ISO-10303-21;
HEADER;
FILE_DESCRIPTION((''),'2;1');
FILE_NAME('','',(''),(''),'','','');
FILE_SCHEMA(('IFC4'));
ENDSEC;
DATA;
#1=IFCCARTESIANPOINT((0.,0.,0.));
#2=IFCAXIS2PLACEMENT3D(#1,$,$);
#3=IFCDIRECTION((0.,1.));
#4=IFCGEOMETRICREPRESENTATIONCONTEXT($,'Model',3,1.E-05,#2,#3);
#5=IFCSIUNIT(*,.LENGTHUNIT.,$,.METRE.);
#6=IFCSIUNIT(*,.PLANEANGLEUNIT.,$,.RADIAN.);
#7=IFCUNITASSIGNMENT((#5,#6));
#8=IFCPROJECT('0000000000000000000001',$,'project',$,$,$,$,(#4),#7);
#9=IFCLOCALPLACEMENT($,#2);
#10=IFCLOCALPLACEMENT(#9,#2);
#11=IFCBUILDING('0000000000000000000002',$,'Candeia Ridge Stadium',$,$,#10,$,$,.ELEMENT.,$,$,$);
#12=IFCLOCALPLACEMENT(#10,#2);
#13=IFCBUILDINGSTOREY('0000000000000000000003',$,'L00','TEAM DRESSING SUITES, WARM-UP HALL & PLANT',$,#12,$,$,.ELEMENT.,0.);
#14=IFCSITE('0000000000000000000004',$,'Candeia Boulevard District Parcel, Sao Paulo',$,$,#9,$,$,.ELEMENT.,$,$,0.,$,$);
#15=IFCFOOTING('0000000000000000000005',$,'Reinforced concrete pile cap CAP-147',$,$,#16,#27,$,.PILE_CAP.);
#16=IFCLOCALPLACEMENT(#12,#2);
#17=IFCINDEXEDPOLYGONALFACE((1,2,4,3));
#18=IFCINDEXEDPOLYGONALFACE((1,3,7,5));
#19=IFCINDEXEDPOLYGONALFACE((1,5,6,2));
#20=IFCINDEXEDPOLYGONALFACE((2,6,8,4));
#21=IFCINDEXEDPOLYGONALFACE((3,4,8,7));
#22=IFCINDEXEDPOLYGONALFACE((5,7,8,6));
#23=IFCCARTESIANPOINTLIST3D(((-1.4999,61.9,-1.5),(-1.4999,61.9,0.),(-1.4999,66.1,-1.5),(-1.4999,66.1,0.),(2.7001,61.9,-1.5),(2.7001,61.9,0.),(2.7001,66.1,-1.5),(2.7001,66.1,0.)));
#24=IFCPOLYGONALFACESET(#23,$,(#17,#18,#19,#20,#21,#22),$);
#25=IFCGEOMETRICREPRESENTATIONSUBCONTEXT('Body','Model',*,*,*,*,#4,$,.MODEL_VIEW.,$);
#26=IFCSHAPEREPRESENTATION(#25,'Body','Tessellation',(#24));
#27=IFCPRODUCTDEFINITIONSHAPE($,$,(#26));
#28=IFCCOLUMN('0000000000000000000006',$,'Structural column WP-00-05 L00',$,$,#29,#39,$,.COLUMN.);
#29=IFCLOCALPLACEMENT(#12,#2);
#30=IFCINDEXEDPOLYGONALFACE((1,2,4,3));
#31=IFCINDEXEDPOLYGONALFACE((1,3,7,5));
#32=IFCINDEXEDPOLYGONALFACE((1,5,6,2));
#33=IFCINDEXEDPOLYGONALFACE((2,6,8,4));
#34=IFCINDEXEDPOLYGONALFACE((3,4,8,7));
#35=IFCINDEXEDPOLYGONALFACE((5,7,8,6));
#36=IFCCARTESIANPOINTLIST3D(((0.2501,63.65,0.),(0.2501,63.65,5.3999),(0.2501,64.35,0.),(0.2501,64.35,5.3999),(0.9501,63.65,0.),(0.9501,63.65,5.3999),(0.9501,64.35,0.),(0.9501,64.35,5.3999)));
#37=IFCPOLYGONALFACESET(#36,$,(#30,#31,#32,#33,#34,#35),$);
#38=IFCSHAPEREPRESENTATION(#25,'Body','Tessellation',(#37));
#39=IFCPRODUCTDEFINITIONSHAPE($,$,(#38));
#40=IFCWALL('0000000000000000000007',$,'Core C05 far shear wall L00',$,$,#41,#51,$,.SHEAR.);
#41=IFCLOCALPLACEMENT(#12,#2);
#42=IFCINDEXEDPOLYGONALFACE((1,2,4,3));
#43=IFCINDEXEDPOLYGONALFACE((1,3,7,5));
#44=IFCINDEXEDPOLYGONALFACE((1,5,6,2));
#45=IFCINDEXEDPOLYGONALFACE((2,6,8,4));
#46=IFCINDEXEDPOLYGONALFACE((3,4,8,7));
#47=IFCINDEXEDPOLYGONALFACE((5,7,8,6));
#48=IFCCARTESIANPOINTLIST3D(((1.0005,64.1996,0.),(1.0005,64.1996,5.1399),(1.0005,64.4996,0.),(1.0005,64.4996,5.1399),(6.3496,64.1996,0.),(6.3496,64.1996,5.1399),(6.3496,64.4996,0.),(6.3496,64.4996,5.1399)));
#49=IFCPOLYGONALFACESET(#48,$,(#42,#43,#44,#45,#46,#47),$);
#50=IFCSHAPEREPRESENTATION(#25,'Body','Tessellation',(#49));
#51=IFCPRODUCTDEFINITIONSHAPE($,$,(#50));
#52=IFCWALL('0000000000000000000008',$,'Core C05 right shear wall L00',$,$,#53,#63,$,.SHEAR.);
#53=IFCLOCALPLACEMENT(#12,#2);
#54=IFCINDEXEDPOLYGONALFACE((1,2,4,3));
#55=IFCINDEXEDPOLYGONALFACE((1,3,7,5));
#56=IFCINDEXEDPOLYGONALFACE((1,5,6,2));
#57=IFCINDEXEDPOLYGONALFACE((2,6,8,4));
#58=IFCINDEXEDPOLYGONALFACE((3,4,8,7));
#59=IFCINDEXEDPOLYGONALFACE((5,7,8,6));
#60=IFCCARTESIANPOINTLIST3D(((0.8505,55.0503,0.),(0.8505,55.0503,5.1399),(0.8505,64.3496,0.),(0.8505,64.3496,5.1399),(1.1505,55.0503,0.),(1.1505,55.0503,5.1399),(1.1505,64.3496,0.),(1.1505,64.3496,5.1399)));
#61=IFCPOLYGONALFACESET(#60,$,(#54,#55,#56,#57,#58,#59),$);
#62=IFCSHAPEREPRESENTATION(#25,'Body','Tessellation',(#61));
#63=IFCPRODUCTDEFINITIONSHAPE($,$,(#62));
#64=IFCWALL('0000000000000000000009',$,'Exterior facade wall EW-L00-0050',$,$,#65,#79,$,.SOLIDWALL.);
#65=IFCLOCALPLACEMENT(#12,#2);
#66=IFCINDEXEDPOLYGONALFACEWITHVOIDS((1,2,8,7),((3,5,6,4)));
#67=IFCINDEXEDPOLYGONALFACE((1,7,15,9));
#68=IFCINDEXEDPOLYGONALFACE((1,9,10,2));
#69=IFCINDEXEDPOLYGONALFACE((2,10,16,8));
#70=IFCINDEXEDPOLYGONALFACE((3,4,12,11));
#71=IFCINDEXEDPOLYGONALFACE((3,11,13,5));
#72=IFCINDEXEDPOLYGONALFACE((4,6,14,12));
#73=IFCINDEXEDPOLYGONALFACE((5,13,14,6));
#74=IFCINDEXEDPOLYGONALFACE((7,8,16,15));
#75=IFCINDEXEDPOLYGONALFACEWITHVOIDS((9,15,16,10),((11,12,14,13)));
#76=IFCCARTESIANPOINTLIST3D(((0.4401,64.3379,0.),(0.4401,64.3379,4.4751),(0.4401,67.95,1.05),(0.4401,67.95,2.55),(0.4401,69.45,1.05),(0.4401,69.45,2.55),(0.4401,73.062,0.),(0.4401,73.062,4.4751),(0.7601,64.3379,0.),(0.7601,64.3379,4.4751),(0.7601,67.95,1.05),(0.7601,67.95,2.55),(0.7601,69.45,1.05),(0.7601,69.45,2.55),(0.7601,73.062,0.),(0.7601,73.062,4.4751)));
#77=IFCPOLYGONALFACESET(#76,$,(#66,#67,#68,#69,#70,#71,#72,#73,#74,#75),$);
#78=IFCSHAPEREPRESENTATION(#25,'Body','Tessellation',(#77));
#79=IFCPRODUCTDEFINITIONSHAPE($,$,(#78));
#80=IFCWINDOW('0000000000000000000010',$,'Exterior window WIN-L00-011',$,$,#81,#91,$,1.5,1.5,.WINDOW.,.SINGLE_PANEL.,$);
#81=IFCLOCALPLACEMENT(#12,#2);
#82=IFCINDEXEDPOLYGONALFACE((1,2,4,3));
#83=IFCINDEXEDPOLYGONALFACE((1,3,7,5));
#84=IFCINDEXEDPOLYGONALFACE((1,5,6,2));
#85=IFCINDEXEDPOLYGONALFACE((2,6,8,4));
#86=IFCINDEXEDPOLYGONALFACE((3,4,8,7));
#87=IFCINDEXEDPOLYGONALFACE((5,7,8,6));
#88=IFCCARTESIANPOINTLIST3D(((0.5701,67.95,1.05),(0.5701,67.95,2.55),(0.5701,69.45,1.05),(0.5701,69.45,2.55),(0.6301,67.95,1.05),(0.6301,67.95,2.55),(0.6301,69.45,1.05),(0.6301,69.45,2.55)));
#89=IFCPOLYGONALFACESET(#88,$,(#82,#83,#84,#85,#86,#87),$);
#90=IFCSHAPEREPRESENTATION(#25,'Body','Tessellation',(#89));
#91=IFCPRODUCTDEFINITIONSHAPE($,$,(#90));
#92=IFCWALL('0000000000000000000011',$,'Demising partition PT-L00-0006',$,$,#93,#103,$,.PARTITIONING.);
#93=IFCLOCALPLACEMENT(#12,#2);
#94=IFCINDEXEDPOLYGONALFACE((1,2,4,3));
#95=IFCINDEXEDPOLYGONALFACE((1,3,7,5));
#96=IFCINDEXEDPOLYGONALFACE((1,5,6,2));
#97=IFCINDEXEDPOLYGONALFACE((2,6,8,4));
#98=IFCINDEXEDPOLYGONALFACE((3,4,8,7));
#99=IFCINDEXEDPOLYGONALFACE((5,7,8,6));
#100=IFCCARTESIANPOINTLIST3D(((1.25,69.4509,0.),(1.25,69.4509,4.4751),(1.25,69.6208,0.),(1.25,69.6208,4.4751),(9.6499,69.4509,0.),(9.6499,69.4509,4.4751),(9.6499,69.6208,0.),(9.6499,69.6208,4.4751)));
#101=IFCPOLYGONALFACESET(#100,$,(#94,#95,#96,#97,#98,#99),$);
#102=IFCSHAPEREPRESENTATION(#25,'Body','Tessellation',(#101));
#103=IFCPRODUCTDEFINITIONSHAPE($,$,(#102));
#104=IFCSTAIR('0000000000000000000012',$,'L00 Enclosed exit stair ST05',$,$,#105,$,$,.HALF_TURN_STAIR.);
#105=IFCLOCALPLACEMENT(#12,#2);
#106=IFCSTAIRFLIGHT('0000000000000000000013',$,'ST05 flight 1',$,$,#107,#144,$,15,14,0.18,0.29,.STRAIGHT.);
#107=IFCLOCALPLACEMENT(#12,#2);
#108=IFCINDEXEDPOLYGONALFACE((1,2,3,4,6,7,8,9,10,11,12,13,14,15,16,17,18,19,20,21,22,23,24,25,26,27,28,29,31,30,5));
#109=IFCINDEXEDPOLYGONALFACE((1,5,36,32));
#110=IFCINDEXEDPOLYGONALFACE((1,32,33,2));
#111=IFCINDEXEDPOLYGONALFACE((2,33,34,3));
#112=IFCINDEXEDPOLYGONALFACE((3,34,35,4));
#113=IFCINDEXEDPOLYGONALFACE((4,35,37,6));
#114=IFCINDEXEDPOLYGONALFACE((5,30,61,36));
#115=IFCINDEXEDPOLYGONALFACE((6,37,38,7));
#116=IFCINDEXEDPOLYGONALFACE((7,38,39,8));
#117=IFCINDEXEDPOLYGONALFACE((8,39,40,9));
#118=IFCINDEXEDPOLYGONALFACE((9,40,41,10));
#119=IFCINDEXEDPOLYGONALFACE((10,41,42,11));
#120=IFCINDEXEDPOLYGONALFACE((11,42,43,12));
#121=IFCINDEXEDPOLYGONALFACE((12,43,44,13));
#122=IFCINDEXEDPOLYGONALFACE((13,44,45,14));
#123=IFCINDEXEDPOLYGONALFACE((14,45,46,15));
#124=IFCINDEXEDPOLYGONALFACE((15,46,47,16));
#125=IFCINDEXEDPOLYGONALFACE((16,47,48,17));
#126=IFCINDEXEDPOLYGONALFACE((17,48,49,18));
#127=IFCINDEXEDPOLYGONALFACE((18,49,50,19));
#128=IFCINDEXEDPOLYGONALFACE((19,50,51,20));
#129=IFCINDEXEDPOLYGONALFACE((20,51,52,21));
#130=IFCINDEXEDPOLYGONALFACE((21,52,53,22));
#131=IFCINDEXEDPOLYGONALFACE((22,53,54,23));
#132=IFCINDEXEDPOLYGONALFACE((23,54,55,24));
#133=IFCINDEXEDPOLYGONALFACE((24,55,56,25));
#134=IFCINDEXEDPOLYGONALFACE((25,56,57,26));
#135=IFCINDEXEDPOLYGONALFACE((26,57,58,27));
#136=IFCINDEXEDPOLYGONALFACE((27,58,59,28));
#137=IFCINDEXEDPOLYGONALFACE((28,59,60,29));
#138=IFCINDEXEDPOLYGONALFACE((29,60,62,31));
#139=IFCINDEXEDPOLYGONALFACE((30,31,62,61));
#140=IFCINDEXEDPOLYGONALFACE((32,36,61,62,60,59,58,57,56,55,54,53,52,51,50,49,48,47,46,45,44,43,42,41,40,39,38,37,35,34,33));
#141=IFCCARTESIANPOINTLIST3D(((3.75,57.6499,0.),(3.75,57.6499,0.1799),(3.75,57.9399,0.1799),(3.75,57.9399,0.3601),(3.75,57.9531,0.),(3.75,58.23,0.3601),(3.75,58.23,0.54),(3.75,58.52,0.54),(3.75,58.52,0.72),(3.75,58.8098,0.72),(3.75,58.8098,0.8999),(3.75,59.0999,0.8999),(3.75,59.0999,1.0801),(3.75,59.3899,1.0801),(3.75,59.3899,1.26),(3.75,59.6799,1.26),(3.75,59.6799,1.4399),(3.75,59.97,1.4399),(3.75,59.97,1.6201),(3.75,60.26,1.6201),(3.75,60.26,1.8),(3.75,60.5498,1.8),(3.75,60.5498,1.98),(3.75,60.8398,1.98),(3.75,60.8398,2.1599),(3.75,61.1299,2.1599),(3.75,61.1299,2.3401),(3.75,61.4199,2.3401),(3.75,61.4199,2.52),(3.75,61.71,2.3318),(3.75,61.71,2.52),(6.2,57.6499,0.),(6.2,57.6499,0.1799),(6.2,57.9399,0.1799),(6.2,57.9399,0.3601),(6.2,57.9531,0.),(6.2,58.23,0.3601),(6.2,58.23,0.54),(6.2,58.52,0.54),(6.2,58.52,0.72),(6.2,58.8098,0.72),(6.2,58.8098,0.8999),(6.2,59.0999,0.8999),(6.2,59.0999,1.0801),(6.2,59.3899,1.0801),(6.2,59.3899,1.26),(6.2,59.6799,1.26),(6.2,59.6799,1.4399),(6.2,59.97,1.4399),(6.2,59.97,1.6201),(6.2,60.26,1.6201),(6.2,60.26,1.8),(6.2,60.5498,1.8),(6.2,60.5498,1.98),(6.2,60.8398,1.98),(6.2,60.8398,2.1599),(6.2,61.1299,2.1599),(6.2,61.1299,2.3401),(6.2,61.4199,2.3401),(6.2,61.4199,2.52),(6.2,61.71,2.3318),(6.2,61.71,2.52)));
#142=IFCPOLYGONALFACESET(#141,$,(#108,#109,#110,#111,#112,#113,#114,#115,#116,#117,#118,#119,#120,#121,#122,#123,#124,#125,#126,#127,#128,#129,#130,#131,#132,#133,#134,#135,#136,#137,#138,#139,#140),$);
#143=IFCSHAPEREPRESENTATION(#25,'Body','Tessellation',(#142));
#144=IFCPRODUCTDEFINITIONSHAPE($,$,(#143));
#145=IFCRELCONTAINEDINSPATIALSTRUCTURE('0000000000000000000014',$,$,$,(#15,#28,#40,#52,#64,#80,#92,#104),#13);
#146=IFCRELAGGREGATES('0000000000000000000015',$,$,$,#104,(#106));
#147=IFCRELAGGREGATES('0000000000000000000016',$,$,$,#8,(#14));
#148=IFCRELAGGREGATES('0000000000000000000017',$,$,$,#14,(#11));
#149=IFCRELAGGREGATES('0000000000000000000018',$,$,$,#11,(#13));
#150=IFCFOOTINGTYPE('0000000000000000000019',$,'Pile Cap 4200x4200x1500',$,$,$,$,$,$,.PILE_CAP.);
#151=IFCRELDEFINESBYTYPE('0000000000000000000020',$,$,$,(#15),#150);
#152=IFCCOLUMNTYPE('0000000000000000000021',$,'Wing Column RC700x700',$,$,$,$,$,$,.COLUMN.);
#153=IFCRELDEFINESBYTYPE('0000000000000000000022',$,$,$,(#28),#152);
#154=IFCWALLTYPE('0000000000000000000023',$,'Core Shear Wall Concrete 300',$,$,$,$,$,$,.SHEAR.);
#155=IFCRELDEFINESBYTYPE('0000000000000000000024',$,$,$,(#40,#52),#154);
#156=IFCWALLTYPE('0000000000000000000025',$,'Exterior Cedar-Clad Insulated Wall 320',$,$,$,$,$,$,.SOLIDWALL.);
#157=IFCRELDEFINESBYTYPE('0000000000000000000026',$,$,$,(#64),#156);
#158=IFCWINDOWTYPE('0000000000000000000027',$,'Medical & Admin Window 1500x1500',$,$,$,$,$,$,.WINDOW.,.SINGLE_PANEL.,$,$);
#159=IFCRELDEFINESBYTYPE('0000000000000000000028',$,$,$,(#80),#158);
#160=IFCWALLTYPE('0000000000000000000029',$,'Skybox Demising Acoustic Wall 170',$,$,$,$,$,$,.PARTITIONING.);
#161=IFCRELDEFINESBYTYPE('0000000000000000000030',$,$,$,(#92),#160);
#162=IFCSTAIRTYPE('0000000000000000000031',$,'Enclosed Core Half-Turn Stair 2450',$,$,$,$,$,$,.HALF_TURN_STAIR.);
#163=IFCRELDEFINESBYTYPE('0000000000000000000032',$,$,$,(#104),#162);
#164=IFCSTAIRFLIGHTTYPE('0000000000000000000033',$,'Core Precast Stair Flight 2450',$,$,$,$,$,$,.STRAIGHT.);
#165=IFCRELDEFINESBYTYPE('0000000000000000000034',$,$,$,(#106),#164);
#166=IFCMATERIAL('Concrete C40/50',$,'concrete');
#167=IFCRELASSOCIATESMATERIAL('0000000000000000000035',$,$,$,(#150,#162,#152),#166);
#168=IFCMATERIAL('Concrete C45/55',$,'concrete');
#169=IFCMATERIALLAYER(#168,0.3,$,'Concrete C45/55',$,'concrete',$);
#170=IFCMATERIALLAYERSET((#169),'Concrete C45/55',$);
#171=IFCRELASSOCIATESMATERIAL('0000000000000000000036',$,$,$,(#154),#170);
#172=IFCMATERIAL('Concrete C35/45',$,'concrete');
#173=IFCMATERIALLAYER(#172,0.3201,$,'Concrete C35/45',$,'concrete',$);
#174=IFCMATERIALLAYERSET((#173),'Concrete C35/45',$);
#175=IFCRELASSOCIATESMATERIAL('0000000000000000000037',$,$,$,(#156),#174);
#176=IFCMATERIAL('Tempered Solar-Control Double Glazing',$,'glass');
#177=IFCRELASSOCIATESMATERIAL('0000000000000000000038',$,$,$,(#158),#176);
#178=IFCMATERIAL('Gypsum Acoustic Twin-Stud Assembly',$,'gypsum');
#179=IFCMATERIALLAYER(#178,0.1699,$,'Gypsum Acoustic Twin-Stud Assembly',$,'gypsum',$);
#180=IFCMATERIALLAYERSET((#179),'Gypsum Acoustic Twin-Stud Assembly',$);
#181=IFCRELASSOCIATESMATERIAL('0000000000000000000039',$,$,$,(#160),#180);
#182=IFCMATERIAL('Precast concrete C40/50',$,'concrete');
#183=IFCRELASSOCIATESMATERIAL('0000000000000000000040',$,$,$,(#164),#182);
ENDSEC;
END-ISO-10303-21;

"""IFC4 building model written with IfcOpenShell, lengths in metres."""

from ifc_helpers import new_model, si_unit, direction, frame, frame_2d, origin, origin_2d, place, context, subcontext, project, spatial, polyline, rectangle, outline, extrude, material, layer, layer_set, material_profile, profile_set, type_object, element, fill, aggregate, save


model = new_model("IFC4")

# Units and contexts
model_context = context("Model", 3, precision=1e-05, world=origin(), true_north=direction((0.0, 1.0)))
body_context = subcontext(model_context, "Body", "Model", "MODEL_VIEW")
ifc_project = project(units=[si_unit("LENGTHUNIT", "METRE"), si_unit("PLANEANGLEUNIT", "RADIAN")], contexts=[model_context])

# Site, building, storey
site_placement = place(None, origin())
site = spatial("IfcSite", under=ifc_project, at=site_placement, Name="Candeia Boulevard District Parcel, Sao Paulo", CompositionType="ELEMENT", RefElevation=0.0)
building_placement = place(site_placement, origin())
building = spatial("IfcBuilding", under=site, at=building_placement, Name="Candeia Ridge Stadium", CompositionType="ELEMENT")
storey_placement = place(building_placement, origin())
storey = spatial("IfcBuildingStorey", under=building, at=storey_placement, Name="L00", Description="TEAM DRESSING SUITES, WARM-UP HALL & PLANT", CompositionType="ELEMENT", Elevation=0.0)

# Shared definitions
ifc_material_1 = material(Name="Concrete C40/50", Category="concrete")

# Footing
footing_type_1 = type_object("IfcFootingType", Name="Pile Cap 4200x4200x1500", PredefinedType="PILE_CAP", material=ifc_material_1)
footing_1_placement = place(storey_placement, frame((0.6001, 64.0, -1.5), z_axis=(0.0, 0.0, 1.0), x_axis=(1.0, 0.0, 0.0)))
element("IfcFooting", 1, at=footing_1_placement, inside=storey, type_object=footing_type_1, Name="Reinforced concrete pile cap CAP-147", PredefinedType="PILE_CAP", context=body_context, shape_type="SweptSolid", body=[
    extrude(rectangle(XDim=4.2, YDim=4.2, at=origin_2d()), origin(), (0.0, 0.0, 1.0), 1.5),
])

# Column
ifc_material_profile_1 = material_profile(ifc_material_1, rectangle(XDim=0.7, YDim=0.7, at=origin_2d()), Name="RC700x700", Category="concrete")
ifc_profile_set_1 = profile_set([ifc_material_profile_1], Name="Concrete C40/50")
column_type = type_object("IfcColumnType", Name="Wing Column RC700x700", PredefinedType="COLUMN", material=ifc_profile_set_1)
column_placement = place(storey_placement, frame((0.6001, 64.0, 0.0), z_axis=(0.0, 0.0, 1.0), x_axis=(1.0, 0.0, 0.0)))
element("IfcColumn", 2, at=column_placement, inside=storey, type_object=column_type, Name="Structural column WP-00-05 L00", PredefinedType="COLUMN", context=body_context, shape_type="SweptSolid", body=[
    extrude(rectangle(XDim=0.7, YDim=0.7, at=origin_2d()), origin(), (0.0, 0.0, 1.0), 5.3999),
])

# Walls
ifc_material_2 = material(Name="Concrete C45/55", Category="concrete")
ifc_layer_1 = layer(ifc_material_2, 0.3, Name="Concrete C45/55", Category="concrete")
ifc_layer_set_1 = layer_set([ifc_layer_1], Name="Concrete C45/55")
wall_type_1 = type_object("IfcWallType", Name="Core Shear Wall Concrete 300", PredefinedType="SHEAR", material=ifc_layer_set_1)
wall_1_placement = place(storey_placement, frame((6.3496, 64.3496, 0.0), z_axis=(0.0, 0.0, 1.0), x_axis=(-1.0, 0.0, 0.0)))
element("IfcWall", 3, at=wall_1_placement, inside=storey, type_object=wall_type_1, Name="Core C05 far shear wall L00", PredefinedType="SHEAR", context=body_context, shape_type="SweptSolid", body=[
    extrude(rectangle(XDim=5.3491, YDim=0.3, at=frame_2d((2.6746, 0.0))), origin(), (0.0, 0.0, 1.0), 5.1399),
])
wall_2_placement = place(storey_placement, frame((1.0005, 64.3496, 0.0), z_axis=(0.0, 0.0, 1.0), x_axis=(0.0, -1.0, 0.0)))
element("IfcWall", 4, at=wall_2_placement, inside=storey, type_object=wall_type_1, Name="Core C05 right shear wall L00", PredefinedType="SHEAR", context=body_context, shape_type="SweptSolid", body=[
    extrude(rectangle(XDim=9.2993, YDim=0.3, at=frame_2d((4.6497, 0.0))), origin(), (0.0, 0.0, 1.0), 5.1399),
])

# Wall, opening, window
ifc_material_3 = material(Name="Concrete C35/45", Category="concrete")
ifc_layer_2 = layer(ifc_material_3, 0.3201, Name="Concrete C35/45", Category="concrete")
ifc_layer_set_2 = layer_set([ifc_layer_2], Name="Concrete C35/45")
wall_type_2 = type_object("IfcWallType", Name="Exterior Cedar-Clad Insulated Wall 320", PredefinedType="SOLIDWALL", material=ifc_layer_set_2)
wall_3_placement = place(storey_placement, frame((0.6001, 64.3379, 0.0), z_axis=(0.0, 0.0, 1.0), x_axis=(0.0, 1.0, 0.0)))
wall_3 = element("IfcWall", 5, at=wall_3_placement, inside=storey, type_object=wall_type_2, Name="Exterior facade wall EW-L00-0050", PredefinedType="SOLIDWALL", context=body_context, shape_type="SweptSolid", body=[
    extrude(rectangle(XDim=8.7241, YDim=0.3201, at=frame_2d((4.3621, 0.0))), origin(), (0.0, 0.0, 1.0), 4.4751),
])
opening_placement = place(wall_3_placement, frame((3.6121, 0.0, 1.05)))
opening = element("IfcOpeningElement", 6, at=opening_placement, cuts=wall_3, PredefinedType="OPENING", context=body_context, shape_type="SweptSolid", body=[
    extrude(rectangle(XDim=1.5, YDim=1.5, at=frame_2d((0.75, 0.75))), frame((0.0, 0.1699, 0.0), z_axis=(0.0, -1.0, 0.0), x_axis=(1.0, 0.0, 0.0)), (0.0, 0.0, 1.0), 0.3401),
])
ifc_material_4 = material(Name="Tempered Solar-Control Double Glazing", Category="glass")
window_type = type_object("IfcWindowType", Name="Medical & Admin Window 1500x1500", PartitioningType="SINGLE_PANEL", PredefinedType="WINDOW", material=ifc_material_4)
window_placement = place(opening_placement, origin())
window = element("IfcWindow", 7, at=window_placement, inside=storey, type_object=window_type, Name="Exterior window WIN-L00-011", OverallHeight=1.5, OverallWidth=1.5, PartitioningType="SINGLE_PANEL", PredefinedType="WINDOW", context=body_context, shape_type="SweptSolid", body=[
    extrude(rectangle(XDim=1.5, YDim=1.5, at=frame_2d((0.75, 0.75))), frame((0.0, 0.03, 0.0), z_axis=(0.0, -1.0, 0.0), x_axis=(1.0, 0.0, 0.0)), (0.0, 0.0, 1.0), 0.0601),
])
fill(opening, window)

# Wall
ifc_material_5 = material(Name="Gypsum Acoustic Twin-Stud Assembly", Category="gypsum")
ifc_layer_3 = layer(ifc_material_5, 0.1699, Name="Gypsum Acoustic Twin-Stud Assembly", Category="gypsum")
ifc_layer_set_3 = layer_set([ifc_layer_3], Name="Gypsum Acoustic Twin-Stud Assembly")
wall_type_3 = type_object("IfcWallType", Name="Skybox Demising Acoustic Wall 170", PredefinedType="PARTITIONING", material=ifc_layer_set_3)
wall_4_placement = place(storey_placement, frame((1.25, 69.5359, 0.0), z_axis=(0.0, 0.0, 1.0), x_axis=(1.0, 0.0, 0.0)))
element("IfcWall", 8, at=wall_4_placement, inside=storey, type_object=wall_type_3, Name="Demising partition PT-L00-0006", PredefinedType="PARTITIONING", context=body_context, shape_type="SweptSolid", body=[
    extrude(rectangle(XDim=8.3999, YDim=0.1699, at=frame_2d((4.2, 0.0))), origin(), (0.0, 0.0, 1.0), 4.4751),
])

# Stair, stair flight
stair_type = type_object("IfcStairType", Name="Enclosed Core Half-Turn Stair 2450", PredefinedType="HALF_TURN_STAIR", material=ifc_material_1)
stair_placement = place(storey_placement, origin())
stair = element("IfcStair", 9, at=stair_placement, inside=storey, type_object=stair_type, Name="L00 Enclosed exit stair ST05", PredefinedType="HALF_TURN_STAIR")
ifc_material_6 = material(Name="Precast concrete C40/50", Category="concrete")
stair_flight_type = type_object("IfcStairFlightType", Name="Core Precast Stair Flight 2450", PredefinedType="STRAIGHT", material=ifc_material_6)
stair_flight_1_placement = place(storey_placement, frame((4.9751, 57.6499, 0.0), z_axis=(0.0, 0.0, 1.0), x_axis=(0.0, 1.0, 0.0)))
stair_flight_1 = element("IfcStairFlight", 10, at=stair_flight_1_placement, type_object=stair_flight_type, Name="ST05 flight 1", NumberOfRisers=15, NumberOfTreads=14, PredefinedType="STRAIGHT", RiserHeight=0.18, TreadLength=0.29, context=body_context, shape_type="SweptSolid", body=[
    extrude(outline(polyline([(0.0, 0.0), (0.0, 0.1799), (0.29, 0.1799), (0.29, 0.3601), (0.5801, 0.3601), (0.5801, 0.54), (0.8701, 0.54), (0.8701, 0.72), (1.1599, 0.72), (1.1599, 0.8999), (1.45, 0.8999), (1.45, 1.0801), (1.74, 1.0801), (1.74, 1.26), (2.03, 1.26), (2.03, 1.4399), (2.3201, 1.4399), (2.3201, 1.6201), (2.6101, 1.6201), (2.6101, 1.8), (2.8999, 1.8), (2.8999, 1.98), (3.1899, 1.98), (3.1899, 2.1599), (3.48, 2.1599), (3.48, 2.3401), (3.77, 2.3401), (3.77, 2.52), (4.0601, 2.52), (4.0601, 2.7), (4.0601, 2.3318), (0.3032, 0.0), (0.0, 0.0)])), frame((0.0, 1.2251, 0.0), z_axis=(0.0, -1.0, 0.0), x_axis=(1.0, 0.0, 0.0)), (0.0, 0.0, 1.0), 2.45),
])
aggregate(stair, [stair_flight_1])

save(model, "model.ifc")
